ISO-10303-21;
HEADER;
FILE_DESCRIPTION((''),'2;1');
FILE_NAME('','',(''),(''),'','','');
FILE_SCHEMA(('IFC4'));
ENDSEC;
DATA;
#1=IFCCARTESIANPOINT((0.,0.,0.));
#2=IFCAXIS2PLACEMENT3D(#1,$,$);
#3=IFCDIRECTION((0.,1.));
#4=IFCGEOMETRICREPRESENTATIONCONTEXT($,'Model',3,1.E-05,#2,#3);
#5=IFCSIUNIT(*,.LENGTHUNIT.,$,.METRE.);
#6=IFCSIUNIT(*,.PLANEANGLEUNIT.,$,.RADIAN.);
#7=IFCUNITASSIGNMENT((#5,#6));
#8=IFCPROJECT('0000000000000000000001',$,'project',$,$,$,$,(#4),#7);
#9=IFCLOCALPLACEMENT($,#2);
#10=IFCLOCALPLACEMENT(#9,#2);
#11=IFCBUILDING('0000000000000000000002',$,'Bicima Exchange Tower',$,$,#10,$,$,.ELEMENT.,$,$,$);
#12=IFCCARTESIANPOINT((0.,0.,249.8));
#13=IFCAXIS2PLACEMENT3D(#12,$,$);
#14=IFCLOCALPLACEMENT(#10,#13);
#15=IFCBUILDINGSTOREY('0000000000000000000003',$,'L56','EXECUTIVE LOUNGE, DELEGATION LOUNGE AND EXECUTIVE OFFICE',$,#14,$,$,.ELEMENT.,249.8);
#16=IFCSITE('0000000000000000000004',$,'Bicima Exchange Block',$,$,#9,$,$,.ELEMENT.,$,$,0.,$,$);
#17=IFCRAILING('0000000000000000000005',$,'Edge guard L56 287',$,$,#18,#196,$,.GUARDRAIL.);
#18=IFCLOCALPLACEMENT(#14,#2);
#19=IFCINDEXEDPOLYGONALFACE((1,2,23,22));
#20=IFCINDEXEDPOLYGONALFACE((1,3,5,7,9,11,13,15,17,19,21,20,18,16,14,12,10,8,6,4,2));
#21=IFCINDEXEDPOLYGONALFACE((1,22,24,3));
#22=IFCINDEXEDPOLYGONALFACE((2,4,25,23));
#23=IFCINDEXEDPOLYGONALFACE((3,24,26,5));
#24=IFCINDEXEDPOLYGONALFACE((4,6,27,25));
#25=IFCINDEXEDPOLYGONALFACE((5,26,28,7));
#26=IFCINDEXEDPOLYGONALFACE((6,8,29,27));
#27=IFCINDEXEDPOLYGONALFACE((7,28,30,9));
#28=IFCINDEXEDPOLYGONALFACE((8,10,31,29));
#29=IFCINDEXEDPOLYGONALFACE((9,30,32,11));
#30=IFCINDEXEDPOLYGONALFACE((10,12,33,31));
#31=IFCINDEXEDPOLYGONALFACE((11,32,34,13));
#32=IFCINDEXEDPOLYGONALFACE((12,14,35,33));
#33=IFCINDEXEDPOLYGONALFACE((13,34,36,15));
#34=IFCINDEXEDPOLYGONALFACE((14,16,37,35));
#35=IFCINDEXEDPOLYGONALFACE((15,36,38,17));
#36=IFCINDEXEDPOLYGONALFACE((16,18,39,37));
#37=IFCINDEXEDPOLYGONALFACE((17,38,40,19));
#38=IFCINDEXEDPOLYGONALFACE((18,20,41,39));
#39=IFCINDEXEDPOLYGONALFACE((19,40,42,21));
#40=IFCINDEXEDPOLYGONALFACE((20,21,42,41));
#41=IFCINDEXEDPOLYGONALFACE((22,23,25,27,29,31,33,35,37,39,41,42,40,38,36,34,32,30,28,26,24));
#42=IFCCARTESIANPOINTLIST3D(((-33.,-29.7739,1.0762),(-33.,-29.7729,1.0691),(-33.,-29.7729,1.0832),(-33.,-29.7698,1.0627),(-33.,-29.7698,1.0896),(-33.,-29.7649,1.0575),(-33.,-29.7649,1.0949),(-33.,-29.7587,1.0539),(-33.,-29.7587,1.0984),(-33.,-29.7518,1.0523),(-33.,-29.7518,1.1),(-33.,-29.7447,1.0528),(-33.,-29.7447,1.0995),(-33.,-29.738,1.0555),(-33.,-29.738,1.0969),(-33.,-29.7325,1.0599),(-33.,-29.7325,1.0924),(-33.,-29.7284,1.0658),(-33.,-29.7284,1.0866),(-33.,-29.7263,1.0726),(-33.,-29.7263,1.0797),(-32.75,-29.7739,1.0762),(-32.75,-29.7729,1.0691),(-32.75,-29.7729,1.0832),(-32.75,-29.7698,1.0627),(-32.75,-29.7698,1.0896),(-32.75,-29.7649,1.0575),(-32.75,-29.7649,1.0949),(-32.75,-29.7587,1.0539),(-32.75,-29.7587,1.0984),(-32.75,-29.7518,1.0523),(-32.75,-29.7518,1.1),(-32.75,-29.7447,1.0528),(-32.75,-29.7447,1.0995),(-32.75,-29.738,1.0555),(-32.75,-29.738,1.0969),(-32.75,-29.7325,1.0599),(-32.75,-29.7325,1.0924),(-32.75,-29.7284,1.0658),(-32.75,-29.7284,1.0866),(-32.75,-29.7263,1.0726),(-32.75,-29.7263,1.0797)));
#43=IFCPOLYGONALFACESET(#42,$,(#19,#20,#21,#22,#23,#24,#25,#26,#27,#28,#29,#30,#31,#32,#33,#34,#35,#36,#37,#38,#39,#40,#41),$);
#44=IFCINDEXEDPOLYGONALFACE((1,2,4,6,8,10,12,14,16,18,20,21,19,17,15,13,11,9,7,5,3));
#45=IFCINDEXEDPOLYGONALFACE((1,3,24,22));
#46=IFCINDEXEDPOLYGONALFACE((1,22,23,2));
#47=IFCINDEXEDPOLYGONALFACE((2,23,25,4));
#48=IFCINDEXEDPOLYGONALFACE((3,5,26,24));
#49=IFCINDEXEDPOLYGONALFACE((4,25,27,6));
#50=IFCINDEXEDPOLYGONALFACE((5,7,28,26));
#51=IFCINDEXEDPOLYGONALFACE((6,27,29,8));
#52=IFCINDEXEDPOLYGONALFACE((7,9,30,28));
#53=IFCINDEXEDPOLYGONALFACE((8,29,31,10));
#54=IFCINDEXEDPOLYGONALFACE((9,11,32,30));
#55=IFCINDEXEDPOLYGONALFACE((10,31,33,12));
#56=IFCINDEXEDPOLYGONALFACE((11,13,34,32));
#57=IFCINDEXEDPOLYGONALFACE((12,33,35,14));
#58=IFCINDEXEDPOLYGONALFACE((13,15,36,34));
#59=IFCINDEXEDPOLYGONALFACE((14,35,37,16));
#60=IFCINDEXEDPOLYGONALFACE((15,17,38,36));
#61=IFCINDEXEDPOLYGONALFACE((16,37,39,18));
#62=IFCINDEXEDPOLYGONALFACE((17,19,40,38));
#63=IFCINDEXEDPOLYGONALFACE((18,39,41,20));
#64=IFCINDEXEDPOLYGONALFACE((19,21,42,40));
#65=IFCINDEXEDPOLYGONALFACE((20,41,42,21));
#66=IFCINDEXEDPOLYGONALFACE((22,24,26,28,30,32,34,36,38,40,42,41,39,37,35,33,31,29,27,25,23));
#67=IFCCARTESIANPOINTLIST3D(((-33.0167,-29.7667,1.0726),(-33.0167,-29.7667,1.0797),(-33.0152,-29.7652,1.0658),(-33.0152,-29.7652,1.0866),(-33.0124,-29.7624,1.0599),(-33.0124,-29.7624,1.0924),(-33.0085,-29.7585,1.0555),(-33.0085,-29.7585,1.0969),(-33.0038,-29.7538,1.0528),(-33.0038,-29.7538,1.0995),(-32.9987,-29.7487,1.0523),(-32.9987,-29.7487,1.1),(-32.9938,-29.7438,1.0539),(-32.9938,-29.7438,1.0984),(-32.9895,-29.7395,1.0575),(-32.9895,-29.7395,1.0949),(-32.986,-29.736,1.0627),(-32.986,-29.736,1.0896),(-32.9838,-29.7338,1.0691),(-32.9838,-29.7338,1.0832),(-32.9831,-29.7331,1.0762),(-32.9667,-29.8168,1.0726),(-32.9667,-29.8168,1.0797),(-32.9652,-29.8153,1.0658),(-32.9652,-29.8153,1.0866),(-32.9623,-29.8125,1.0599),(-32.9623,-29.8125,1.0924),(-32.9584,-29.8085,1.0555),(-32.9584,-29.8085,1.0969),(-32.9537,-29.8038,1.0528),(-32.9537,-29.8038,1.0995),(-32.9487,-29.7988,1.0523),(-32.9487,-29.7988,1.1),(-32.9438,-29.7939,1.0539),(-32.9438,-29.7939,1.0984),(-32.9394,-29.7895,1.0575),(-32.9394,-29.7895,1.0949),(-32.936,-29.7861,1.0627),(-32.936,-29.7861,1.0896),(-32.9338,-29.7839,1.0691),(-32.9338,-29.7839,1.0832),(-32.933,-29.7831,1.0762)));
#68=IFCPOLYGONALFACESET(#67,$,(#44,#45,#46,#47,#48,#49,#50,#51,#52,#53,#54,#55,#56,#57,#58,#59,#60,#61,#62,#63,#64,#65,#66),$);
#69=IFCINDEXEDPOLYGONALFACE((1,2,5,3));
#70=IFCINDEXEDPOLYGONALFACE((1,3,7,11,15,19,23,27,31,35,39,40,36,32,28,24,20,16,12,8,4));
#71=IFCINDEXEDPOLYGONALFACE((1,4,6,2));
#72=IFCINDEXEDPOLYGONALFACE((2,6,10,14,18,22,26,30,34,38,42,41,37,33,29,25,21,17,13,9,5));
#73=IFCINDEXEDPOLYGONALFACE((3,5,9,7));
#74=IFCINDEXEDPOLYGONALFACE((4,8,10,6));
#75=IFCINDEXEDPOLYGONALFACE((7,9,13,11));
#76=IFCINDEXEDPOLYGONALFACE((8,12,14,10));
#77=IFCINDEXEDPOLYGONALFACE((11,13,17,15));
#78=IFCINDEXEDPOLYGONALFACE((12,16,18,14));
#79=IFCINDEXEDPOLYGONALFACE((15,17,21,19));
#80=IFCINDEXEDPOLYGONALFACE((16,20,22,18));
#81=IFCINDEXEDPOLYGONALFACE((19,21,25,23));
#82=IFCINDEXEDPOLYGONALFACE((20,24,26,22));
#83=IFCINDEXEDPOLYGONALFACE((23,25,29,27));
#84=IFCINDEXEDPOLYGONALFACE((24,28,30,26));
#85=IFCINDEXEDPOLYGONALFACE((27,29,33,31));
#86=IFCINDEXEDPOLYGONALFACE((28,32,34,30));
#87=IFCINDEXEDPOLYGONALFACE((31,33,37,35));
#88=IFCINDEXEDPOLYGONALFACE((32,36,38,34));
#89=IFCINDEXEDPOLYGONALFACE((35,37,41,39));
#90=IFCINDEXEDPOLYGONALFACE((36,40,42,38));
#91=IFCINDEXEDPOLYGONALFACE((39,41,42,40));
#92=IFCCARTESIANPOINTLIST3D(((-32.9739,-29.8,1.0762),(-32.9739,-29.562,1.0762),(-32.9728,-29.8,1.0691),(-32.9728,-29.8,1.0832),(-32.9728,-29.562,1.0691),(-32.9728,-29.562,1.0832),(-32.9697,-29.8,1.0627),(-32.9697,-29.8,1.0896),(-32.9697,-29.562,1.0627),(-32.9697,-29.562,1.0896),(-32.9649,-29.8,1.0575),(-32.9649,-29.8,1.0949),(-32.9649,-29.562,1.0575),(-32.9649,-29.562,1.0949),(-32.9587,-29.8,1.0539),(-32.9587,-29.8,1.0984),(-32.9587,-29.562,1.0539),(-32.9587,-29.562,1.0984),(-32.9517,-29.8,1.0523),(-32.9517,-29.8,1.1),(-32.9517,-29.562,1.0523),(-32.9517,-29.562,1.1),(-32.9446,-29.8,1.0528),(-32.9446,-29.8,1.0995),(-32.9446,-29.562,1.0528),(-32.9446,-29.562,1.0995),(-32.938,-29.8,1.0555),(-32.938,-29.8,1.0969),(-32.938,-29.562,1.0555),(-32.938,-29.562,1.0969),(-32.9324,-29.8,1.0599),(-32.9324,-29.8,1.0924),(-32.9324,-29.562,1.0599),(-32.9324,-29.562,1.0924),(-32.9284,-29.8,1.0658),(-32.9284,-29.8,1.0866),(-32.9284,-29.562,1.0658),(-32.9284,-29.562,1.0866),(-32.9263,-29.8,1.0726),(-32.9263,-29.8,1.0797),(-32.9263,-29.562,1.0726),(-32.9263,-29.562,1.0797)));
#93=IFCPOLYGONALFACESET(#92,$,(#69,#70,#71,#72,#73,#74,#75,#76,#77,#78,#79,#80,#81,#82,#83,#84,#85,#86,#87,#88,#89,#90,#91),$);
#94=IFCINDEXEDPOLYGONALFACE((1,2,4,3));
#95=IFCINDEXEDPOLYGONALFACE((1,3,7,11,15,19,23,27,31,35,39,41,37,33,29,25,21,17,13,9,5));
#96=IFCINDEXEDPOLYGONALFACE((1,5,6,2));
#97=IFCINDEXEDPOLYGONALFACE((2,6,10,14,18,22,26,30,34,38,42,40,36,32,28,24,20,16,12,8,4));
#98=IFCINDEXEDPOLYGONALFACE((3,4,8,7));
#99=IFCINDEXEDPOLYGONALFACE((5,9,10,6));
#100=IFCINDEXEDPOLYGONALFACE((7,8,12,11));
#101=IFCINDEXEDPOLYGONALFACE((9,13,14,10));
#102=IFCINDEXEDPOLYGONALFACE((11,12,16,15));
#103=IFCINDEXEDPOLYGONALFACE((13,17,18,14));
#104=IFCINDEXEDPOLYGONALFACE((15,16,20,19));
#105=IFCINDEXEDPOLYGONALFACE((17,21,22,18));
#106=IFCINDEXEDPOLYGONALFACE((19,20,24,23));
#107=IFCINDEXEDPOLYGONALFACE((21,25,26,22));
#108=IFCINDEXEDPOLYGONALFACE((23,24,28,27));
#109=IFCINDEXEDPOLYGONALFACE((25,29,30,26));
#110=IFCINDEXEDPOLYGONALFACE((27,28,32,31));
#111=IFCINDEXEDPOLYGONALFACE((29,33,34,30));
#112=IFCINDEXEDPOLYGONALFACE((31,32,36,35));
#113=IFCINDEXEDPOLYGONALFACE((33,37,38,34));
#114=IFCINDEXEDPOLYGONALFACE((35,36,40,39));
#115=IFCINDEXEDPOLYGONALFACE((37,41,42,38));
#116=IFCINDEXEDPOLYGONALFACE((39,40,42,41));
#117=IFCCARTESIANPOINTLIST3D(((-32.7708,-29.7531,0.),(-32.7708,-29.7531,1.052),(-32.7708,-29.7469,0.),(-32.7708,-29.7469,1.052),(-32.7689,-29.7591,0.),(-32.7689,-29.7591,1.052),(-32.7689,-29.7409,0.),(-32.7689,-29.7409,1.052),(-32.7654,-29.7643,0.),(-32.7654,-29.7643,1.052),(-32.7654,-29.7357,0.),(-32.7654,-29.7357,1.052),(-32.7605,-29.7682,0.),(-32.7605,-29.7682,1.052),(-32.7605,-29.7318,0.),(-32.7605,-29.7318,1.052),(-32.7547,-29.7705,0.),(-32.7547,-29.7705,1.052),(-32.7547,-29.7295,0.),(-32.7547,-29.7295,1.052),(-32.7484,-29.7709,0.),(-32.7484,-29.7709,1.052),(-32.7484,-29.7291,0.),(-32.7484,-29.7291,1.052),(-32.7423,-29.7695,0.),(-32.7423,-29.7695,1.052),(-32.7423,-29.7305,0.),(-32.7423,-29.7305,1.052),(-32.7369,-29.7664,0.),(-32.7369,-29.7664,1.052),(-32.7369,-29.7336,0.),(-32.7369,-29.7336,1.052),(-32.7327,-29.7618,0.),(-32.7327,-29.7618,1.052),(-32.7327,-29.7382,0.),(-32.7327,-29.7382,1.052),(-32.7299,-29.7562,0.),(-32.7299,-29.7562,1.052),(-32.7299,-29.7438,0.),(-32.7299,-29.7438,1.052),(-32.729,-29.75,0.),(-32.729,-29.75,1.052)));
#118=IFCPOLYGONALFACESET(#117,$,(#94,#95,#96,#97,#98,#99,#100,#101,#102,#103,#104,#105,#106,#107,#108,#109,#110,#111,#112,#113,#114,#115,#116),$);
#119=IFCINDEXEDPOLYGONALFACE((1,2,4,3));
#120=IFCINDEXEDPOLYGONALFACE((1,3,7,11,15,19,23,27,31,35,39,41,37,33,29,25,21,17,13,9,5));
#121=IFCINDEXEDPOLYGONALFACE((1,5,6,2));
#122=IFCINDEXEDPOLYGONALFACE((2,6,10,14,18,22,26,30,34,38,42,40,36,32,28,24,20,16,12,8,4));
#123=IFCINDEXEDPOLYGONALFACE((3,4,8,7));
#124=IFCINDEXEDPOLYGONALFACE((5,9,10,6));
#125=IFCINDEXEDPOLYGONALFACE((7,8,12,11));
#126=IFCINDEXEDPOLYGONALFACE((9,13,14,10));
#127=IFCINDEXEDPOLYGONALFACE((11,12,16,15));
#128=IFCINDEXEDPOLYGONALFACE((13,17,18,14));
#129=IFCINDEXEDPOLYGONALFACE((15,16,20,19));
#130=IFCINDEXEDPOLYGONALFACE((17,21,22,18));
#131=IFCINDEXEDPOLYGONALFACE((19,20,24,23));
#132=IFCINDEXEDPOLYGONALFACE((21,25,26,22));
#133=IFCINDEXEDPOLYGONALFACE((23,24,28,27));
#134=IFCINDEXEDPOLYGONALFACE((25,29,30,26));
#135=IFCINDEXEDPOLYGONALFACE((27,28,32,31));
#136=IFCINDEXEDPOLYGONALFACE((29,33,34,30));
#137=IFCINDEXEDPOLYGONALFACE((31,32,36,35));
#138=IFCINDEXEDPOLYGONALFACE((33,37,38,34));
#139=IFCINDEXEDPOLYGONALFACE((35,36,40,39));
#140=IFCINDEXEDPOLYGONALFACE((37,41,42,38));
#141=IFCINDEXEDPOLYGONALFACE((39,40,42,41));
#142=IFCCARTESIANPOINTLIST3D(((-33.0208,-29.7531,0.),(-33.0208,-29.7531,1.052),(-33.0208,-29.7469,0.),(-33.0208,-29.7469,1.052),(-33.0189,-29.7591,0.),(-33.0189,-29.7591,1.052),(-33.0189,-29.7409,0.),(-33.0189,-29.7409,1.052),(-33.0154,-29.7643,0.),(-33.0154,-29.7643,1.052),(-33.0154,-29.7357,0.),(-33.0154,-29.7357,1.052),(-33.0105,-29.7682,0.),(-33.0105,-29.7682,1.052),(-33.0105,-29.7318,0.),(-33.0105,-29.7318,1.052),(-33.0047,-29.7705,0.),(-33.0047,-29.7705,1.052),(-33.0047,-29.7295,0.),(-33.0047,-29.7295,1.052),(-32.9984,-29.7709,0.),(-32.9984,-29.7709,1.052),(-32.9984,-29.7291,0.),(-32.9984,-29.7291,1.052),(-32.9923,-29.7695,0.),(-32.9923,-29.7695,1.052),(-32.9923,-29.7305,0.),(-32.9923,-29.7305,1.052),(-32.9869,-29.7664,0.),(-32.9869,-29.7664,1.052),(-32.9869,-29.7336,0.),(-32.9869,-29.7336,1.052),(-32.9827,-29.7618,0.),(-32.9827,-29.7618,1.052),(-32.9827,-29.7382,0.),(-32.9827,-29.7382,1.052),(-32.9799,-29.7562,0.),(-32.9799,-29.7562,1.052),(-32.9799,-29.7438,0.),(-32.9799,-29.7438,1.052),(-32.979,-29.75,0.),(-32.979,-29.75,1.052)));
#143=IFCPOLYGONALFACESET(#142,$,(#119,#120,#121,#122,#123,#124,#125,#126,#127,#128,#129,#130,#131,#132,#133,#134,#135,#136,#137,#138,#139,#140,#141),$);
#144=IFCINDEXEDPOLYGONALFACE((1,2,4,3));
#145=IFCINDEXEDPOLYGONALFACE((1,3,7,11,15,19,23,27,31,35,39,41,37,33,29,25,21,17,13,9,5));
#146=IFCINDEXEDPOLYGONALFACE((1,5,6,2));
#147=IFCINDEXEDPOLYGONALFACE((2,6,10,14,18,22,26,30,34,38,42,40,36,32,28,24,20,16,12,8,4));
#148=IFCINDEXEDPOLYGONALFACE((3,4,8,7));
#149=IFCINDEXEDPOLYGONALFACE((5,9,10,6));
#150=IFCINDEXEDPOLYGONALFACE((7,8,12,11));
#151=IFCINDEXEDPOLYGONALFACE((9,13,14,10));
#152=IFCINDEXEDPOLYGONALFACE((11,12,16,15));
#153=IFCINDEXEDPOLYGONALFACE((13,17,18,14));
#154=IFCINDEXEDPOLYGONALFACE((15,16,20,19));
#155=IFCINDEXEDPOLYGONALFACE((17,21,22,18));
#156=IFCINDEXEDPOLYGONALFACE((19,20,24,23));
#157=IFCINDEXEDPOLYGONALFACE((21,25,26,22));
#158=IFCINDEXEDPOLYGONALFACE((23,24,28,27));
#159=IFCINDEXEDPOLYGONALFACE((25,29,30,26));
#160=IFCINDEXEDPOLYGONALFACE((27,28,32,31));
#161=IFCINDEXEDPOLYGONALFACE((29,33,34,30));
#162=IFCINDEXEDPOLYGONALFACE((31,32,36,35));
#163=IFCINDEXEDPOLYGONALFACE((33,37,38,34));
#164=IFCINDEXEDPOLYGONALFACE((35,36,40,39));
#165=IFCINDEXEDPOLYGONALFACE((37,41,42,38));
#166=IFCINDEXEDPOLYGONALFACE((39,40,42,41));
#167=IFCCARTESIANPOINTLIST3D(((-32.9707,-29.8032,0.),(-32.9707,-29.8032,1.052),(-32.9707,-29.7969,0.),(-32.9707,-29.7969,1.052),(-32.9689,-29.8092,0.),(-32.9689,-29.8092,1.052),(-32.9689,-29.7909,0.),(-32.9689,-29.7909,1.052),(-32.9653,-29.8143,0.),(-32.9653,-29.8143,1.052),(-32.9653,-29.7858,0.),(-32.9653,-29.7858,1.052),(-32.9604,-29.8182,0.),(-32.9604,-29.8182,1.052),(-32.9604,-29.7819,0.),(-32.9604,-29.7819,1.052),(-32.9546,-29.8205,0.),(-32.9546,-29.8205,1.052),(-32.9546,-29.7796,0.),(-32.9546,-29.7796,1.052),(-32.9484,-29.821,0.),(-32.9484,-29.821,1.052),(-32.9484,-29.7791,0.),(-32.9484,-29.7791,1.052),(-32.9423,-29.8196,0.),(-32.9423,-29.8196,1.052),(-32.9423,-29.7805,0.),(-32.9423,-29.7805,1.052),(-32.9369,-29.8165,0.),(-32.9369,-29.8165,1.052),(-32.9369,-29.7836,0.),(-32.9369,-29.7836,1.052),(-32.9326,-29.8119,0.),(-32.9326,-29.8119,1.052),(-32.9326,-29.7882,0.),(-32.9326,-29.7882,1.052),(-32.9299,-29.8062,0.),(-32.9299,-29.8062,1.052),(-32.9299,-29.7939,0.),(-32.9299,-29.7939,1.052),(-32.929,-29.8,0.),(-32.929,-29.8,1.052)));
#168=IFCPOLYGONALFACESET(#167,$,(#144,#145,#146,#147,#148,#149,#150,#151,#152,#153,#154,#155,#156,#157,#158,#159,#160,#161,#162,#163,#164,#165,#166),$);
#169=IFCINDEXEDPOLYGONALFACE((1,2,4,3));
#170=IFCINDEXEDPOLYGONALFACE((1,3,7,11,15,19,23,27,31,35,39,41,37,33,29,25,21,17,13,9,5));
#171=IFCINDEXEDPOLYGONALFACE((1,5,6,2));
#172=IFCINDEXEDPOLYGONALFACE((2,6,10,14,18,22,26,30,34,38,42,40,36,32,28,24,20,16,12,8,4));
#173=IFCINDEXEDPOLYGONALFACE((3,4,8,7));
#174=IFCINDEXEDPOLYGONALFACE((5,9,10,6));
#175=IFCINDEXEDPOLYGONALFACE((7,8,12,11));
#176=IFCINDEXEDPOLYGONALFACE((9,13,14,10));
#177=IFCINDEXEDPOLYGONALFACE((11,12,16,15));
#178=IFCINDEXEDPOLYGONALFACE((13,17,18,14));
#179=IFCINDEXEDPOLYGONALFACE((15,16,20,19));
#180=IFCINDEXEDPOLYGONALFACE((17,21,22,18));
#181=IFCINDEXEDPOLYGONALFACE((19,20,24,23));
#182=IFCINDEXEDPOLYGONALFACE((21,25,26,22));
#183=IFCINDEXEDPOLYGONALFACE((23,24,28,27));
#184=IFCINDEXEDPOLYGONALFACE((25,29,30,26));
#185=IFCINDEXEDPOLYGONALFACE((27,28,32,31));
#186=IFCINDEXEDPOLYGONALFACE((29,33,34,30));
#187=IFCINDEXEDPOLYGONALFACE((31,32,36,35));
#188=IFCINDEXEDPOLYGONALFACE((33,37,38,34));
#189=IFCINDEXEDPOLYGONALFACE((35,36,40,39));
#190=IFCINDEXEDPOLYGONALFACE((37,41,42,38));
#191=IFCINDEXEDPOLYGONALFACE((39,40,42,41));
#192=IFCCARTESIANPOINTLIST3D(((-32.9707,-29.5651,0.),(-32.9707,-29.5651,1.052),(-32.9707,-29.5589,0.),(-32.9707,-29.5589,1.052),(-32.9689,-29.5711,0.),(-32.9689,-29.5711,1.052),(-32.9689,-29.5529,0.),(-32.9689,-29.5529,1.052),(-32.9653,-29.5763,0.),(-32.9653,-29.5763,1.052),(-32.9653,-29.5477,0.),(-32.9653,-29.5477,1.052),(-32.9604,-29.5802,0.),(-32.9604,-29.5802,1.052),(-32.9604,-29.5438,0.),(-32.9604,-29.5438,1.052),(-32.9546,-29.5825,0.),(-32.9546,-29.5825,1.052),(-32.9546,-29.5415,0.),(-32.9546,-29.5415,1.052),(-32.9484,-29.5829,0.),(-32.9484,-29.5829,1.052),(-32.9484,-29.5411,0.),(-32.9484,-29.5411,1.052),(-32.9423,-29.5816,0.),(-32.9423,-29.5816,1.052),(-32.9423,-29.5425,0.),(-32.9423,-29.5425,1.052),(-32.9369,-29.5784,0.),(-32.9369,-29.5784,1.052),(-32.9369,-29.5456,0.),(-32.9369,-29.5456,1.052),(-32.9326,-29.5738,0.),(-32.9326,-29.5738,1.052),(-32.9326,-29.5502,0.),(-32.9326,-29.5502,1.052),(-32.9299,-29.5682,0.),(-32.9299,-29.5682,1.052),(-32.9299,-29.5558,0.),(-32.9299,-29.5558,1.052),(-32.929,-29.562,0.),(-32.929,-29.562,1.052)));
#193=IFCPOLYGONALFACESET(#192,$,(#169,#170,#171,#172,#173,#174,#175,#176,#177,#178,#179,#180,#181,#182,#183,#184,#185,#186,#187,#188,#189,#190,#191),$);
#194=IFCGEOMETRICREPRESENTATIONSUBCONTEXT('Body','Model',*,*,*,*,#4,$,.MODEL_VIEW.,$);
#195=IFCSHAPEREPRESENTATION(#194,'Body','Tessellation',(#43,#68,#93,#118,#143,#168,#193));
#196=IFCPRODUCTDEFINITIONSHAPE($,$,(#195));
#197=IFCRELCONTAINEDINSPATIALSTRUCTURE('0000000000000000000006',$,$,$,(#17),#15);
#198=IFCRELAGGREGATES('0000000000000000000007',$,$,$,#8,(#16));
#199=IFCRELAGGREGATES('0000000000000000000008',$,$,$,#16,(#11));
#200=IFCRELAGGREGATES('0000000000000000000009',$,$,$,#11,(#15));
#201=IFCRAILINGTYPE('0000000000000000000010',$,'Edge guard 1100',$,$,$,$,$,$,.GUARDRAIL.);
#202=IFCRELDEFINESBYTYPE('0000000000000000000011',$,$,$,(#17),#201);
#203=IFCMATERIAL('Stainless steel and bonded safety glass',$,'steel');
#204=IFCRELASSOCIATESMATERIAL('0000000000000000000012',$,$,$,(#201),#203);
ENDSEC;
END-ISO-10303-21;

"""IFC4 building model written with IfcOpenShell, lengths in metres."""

from ifc_helpers import new_model, si_unit, direction, frame, origin, origin_2d, place, context, subcontext, project, spatial, circle, extrude, material, type_object, element, save


model = new_model("IFC4")

# Units and contexts
model_context = context("Model", 3, precision=1e-05, world=origin(), true_north=direction((0.0, 1.0)))
body_context = subcontext(model_context, "Body", "Model", "MODEL_VIEW")
ifc_project = project(units=[si_unit("LENGTHUNIT", "METRE"), si_unit("PLANEANGLEUNIT", "RADIAN")], contexts=[model_context])

# Site, building, storey
site_placement = place(None, origin())
site = spatial("IfcSite", under=ifc_project, at=site_placement, Name="Bicima Exchange Block", CompositionType="ELEMENT", RefElevation=0.0)
building_placement = place(site_placement, origin())
building = spatial("IfcBuilding", under=site, at=building_placement, Name="Bicima Exchange Tower", CompositionType="ELEMENT")
storey_placement = place(building_placement, frame((0.0, 0.0, 249.8)))
storey = spatial("IfcBuildingStorey", under=building, at=storey_placement, Name="L56", Description="EXECUTIVE LOUNGE, DELEGATION LOUNGE AND EXECUTIVE OFFICE", CompositionType="ELEMENT", Elevation=249.8)

# Railing
ifc_material_1 = material(Name="Stainless steel and bonded safety glass", Category="steel")
railing_type = type_object("IfcRailingType", Name="Edge guard 1100", PredefinedType="GUARDRAIL", material=ifc_material_1)
railing_1_placement = place(storey_placement, frame((-32.75, -29.75, 0.0)))
element("IfcRailing", 1, at=railing_1_placement, inside=storey, type_object=railing_type, Name="Edge guard L56 287", PredefinedType="GUARDRAIL", context=body_context, shape_type="SweptSolid", body=[
    extrude(circle(Radius=0.0239, at=origin_2d()), frame((0.0, 0.0, 1.0762), z_axis=(-1.0, 0.0, 0.0), x_axis=(0.0, -1.0, 0.0)), (0.0, 0.0, 1.0), 0.25),
    extrude(circle(Radius=0.0239, at=origin_2d()), frame((-0.25, 0.0, 1.0762), z_axis=(0.707107, -0.707107, 0.0), x_axis=(0.707107, 0.707107, 0.0)), (0.0, 0.0, 1.0), 0.0708),
    extrude(circle(Radius=0.0239, at=origin_2d()), frame((-0.2, -0.05, 1.0762), z_axis=(0.0, 1.0, 0.0), x_axis=(-1.0, 0.0, 0.0)), (0.0, 0.0, 1.0), 0.238),
    extrude(circle(Radius=0.021, at=origin_2d()), origin(), (0.0, 0.0, 1.0), 1.052),
    extrude(circle(Radius=0.021, at=origin_2d()), frame((-0.25, 0.0, 0.0)), (0.0, 0.0, 1.0), 1.052),
    extrude(circle(Radius=0.021, at=origin_2d()), frame((-0.2, -0.05, 0.0)), (0.0, 0.0, 1.0), 1.052),
    extrude(circle(Radius=0.021, at=origin_2d()), frame((-0.2, 0.188, 0.0)), (0.0, 0.0, 1.0), 1.052),
])

save(model, "model.ifc")
